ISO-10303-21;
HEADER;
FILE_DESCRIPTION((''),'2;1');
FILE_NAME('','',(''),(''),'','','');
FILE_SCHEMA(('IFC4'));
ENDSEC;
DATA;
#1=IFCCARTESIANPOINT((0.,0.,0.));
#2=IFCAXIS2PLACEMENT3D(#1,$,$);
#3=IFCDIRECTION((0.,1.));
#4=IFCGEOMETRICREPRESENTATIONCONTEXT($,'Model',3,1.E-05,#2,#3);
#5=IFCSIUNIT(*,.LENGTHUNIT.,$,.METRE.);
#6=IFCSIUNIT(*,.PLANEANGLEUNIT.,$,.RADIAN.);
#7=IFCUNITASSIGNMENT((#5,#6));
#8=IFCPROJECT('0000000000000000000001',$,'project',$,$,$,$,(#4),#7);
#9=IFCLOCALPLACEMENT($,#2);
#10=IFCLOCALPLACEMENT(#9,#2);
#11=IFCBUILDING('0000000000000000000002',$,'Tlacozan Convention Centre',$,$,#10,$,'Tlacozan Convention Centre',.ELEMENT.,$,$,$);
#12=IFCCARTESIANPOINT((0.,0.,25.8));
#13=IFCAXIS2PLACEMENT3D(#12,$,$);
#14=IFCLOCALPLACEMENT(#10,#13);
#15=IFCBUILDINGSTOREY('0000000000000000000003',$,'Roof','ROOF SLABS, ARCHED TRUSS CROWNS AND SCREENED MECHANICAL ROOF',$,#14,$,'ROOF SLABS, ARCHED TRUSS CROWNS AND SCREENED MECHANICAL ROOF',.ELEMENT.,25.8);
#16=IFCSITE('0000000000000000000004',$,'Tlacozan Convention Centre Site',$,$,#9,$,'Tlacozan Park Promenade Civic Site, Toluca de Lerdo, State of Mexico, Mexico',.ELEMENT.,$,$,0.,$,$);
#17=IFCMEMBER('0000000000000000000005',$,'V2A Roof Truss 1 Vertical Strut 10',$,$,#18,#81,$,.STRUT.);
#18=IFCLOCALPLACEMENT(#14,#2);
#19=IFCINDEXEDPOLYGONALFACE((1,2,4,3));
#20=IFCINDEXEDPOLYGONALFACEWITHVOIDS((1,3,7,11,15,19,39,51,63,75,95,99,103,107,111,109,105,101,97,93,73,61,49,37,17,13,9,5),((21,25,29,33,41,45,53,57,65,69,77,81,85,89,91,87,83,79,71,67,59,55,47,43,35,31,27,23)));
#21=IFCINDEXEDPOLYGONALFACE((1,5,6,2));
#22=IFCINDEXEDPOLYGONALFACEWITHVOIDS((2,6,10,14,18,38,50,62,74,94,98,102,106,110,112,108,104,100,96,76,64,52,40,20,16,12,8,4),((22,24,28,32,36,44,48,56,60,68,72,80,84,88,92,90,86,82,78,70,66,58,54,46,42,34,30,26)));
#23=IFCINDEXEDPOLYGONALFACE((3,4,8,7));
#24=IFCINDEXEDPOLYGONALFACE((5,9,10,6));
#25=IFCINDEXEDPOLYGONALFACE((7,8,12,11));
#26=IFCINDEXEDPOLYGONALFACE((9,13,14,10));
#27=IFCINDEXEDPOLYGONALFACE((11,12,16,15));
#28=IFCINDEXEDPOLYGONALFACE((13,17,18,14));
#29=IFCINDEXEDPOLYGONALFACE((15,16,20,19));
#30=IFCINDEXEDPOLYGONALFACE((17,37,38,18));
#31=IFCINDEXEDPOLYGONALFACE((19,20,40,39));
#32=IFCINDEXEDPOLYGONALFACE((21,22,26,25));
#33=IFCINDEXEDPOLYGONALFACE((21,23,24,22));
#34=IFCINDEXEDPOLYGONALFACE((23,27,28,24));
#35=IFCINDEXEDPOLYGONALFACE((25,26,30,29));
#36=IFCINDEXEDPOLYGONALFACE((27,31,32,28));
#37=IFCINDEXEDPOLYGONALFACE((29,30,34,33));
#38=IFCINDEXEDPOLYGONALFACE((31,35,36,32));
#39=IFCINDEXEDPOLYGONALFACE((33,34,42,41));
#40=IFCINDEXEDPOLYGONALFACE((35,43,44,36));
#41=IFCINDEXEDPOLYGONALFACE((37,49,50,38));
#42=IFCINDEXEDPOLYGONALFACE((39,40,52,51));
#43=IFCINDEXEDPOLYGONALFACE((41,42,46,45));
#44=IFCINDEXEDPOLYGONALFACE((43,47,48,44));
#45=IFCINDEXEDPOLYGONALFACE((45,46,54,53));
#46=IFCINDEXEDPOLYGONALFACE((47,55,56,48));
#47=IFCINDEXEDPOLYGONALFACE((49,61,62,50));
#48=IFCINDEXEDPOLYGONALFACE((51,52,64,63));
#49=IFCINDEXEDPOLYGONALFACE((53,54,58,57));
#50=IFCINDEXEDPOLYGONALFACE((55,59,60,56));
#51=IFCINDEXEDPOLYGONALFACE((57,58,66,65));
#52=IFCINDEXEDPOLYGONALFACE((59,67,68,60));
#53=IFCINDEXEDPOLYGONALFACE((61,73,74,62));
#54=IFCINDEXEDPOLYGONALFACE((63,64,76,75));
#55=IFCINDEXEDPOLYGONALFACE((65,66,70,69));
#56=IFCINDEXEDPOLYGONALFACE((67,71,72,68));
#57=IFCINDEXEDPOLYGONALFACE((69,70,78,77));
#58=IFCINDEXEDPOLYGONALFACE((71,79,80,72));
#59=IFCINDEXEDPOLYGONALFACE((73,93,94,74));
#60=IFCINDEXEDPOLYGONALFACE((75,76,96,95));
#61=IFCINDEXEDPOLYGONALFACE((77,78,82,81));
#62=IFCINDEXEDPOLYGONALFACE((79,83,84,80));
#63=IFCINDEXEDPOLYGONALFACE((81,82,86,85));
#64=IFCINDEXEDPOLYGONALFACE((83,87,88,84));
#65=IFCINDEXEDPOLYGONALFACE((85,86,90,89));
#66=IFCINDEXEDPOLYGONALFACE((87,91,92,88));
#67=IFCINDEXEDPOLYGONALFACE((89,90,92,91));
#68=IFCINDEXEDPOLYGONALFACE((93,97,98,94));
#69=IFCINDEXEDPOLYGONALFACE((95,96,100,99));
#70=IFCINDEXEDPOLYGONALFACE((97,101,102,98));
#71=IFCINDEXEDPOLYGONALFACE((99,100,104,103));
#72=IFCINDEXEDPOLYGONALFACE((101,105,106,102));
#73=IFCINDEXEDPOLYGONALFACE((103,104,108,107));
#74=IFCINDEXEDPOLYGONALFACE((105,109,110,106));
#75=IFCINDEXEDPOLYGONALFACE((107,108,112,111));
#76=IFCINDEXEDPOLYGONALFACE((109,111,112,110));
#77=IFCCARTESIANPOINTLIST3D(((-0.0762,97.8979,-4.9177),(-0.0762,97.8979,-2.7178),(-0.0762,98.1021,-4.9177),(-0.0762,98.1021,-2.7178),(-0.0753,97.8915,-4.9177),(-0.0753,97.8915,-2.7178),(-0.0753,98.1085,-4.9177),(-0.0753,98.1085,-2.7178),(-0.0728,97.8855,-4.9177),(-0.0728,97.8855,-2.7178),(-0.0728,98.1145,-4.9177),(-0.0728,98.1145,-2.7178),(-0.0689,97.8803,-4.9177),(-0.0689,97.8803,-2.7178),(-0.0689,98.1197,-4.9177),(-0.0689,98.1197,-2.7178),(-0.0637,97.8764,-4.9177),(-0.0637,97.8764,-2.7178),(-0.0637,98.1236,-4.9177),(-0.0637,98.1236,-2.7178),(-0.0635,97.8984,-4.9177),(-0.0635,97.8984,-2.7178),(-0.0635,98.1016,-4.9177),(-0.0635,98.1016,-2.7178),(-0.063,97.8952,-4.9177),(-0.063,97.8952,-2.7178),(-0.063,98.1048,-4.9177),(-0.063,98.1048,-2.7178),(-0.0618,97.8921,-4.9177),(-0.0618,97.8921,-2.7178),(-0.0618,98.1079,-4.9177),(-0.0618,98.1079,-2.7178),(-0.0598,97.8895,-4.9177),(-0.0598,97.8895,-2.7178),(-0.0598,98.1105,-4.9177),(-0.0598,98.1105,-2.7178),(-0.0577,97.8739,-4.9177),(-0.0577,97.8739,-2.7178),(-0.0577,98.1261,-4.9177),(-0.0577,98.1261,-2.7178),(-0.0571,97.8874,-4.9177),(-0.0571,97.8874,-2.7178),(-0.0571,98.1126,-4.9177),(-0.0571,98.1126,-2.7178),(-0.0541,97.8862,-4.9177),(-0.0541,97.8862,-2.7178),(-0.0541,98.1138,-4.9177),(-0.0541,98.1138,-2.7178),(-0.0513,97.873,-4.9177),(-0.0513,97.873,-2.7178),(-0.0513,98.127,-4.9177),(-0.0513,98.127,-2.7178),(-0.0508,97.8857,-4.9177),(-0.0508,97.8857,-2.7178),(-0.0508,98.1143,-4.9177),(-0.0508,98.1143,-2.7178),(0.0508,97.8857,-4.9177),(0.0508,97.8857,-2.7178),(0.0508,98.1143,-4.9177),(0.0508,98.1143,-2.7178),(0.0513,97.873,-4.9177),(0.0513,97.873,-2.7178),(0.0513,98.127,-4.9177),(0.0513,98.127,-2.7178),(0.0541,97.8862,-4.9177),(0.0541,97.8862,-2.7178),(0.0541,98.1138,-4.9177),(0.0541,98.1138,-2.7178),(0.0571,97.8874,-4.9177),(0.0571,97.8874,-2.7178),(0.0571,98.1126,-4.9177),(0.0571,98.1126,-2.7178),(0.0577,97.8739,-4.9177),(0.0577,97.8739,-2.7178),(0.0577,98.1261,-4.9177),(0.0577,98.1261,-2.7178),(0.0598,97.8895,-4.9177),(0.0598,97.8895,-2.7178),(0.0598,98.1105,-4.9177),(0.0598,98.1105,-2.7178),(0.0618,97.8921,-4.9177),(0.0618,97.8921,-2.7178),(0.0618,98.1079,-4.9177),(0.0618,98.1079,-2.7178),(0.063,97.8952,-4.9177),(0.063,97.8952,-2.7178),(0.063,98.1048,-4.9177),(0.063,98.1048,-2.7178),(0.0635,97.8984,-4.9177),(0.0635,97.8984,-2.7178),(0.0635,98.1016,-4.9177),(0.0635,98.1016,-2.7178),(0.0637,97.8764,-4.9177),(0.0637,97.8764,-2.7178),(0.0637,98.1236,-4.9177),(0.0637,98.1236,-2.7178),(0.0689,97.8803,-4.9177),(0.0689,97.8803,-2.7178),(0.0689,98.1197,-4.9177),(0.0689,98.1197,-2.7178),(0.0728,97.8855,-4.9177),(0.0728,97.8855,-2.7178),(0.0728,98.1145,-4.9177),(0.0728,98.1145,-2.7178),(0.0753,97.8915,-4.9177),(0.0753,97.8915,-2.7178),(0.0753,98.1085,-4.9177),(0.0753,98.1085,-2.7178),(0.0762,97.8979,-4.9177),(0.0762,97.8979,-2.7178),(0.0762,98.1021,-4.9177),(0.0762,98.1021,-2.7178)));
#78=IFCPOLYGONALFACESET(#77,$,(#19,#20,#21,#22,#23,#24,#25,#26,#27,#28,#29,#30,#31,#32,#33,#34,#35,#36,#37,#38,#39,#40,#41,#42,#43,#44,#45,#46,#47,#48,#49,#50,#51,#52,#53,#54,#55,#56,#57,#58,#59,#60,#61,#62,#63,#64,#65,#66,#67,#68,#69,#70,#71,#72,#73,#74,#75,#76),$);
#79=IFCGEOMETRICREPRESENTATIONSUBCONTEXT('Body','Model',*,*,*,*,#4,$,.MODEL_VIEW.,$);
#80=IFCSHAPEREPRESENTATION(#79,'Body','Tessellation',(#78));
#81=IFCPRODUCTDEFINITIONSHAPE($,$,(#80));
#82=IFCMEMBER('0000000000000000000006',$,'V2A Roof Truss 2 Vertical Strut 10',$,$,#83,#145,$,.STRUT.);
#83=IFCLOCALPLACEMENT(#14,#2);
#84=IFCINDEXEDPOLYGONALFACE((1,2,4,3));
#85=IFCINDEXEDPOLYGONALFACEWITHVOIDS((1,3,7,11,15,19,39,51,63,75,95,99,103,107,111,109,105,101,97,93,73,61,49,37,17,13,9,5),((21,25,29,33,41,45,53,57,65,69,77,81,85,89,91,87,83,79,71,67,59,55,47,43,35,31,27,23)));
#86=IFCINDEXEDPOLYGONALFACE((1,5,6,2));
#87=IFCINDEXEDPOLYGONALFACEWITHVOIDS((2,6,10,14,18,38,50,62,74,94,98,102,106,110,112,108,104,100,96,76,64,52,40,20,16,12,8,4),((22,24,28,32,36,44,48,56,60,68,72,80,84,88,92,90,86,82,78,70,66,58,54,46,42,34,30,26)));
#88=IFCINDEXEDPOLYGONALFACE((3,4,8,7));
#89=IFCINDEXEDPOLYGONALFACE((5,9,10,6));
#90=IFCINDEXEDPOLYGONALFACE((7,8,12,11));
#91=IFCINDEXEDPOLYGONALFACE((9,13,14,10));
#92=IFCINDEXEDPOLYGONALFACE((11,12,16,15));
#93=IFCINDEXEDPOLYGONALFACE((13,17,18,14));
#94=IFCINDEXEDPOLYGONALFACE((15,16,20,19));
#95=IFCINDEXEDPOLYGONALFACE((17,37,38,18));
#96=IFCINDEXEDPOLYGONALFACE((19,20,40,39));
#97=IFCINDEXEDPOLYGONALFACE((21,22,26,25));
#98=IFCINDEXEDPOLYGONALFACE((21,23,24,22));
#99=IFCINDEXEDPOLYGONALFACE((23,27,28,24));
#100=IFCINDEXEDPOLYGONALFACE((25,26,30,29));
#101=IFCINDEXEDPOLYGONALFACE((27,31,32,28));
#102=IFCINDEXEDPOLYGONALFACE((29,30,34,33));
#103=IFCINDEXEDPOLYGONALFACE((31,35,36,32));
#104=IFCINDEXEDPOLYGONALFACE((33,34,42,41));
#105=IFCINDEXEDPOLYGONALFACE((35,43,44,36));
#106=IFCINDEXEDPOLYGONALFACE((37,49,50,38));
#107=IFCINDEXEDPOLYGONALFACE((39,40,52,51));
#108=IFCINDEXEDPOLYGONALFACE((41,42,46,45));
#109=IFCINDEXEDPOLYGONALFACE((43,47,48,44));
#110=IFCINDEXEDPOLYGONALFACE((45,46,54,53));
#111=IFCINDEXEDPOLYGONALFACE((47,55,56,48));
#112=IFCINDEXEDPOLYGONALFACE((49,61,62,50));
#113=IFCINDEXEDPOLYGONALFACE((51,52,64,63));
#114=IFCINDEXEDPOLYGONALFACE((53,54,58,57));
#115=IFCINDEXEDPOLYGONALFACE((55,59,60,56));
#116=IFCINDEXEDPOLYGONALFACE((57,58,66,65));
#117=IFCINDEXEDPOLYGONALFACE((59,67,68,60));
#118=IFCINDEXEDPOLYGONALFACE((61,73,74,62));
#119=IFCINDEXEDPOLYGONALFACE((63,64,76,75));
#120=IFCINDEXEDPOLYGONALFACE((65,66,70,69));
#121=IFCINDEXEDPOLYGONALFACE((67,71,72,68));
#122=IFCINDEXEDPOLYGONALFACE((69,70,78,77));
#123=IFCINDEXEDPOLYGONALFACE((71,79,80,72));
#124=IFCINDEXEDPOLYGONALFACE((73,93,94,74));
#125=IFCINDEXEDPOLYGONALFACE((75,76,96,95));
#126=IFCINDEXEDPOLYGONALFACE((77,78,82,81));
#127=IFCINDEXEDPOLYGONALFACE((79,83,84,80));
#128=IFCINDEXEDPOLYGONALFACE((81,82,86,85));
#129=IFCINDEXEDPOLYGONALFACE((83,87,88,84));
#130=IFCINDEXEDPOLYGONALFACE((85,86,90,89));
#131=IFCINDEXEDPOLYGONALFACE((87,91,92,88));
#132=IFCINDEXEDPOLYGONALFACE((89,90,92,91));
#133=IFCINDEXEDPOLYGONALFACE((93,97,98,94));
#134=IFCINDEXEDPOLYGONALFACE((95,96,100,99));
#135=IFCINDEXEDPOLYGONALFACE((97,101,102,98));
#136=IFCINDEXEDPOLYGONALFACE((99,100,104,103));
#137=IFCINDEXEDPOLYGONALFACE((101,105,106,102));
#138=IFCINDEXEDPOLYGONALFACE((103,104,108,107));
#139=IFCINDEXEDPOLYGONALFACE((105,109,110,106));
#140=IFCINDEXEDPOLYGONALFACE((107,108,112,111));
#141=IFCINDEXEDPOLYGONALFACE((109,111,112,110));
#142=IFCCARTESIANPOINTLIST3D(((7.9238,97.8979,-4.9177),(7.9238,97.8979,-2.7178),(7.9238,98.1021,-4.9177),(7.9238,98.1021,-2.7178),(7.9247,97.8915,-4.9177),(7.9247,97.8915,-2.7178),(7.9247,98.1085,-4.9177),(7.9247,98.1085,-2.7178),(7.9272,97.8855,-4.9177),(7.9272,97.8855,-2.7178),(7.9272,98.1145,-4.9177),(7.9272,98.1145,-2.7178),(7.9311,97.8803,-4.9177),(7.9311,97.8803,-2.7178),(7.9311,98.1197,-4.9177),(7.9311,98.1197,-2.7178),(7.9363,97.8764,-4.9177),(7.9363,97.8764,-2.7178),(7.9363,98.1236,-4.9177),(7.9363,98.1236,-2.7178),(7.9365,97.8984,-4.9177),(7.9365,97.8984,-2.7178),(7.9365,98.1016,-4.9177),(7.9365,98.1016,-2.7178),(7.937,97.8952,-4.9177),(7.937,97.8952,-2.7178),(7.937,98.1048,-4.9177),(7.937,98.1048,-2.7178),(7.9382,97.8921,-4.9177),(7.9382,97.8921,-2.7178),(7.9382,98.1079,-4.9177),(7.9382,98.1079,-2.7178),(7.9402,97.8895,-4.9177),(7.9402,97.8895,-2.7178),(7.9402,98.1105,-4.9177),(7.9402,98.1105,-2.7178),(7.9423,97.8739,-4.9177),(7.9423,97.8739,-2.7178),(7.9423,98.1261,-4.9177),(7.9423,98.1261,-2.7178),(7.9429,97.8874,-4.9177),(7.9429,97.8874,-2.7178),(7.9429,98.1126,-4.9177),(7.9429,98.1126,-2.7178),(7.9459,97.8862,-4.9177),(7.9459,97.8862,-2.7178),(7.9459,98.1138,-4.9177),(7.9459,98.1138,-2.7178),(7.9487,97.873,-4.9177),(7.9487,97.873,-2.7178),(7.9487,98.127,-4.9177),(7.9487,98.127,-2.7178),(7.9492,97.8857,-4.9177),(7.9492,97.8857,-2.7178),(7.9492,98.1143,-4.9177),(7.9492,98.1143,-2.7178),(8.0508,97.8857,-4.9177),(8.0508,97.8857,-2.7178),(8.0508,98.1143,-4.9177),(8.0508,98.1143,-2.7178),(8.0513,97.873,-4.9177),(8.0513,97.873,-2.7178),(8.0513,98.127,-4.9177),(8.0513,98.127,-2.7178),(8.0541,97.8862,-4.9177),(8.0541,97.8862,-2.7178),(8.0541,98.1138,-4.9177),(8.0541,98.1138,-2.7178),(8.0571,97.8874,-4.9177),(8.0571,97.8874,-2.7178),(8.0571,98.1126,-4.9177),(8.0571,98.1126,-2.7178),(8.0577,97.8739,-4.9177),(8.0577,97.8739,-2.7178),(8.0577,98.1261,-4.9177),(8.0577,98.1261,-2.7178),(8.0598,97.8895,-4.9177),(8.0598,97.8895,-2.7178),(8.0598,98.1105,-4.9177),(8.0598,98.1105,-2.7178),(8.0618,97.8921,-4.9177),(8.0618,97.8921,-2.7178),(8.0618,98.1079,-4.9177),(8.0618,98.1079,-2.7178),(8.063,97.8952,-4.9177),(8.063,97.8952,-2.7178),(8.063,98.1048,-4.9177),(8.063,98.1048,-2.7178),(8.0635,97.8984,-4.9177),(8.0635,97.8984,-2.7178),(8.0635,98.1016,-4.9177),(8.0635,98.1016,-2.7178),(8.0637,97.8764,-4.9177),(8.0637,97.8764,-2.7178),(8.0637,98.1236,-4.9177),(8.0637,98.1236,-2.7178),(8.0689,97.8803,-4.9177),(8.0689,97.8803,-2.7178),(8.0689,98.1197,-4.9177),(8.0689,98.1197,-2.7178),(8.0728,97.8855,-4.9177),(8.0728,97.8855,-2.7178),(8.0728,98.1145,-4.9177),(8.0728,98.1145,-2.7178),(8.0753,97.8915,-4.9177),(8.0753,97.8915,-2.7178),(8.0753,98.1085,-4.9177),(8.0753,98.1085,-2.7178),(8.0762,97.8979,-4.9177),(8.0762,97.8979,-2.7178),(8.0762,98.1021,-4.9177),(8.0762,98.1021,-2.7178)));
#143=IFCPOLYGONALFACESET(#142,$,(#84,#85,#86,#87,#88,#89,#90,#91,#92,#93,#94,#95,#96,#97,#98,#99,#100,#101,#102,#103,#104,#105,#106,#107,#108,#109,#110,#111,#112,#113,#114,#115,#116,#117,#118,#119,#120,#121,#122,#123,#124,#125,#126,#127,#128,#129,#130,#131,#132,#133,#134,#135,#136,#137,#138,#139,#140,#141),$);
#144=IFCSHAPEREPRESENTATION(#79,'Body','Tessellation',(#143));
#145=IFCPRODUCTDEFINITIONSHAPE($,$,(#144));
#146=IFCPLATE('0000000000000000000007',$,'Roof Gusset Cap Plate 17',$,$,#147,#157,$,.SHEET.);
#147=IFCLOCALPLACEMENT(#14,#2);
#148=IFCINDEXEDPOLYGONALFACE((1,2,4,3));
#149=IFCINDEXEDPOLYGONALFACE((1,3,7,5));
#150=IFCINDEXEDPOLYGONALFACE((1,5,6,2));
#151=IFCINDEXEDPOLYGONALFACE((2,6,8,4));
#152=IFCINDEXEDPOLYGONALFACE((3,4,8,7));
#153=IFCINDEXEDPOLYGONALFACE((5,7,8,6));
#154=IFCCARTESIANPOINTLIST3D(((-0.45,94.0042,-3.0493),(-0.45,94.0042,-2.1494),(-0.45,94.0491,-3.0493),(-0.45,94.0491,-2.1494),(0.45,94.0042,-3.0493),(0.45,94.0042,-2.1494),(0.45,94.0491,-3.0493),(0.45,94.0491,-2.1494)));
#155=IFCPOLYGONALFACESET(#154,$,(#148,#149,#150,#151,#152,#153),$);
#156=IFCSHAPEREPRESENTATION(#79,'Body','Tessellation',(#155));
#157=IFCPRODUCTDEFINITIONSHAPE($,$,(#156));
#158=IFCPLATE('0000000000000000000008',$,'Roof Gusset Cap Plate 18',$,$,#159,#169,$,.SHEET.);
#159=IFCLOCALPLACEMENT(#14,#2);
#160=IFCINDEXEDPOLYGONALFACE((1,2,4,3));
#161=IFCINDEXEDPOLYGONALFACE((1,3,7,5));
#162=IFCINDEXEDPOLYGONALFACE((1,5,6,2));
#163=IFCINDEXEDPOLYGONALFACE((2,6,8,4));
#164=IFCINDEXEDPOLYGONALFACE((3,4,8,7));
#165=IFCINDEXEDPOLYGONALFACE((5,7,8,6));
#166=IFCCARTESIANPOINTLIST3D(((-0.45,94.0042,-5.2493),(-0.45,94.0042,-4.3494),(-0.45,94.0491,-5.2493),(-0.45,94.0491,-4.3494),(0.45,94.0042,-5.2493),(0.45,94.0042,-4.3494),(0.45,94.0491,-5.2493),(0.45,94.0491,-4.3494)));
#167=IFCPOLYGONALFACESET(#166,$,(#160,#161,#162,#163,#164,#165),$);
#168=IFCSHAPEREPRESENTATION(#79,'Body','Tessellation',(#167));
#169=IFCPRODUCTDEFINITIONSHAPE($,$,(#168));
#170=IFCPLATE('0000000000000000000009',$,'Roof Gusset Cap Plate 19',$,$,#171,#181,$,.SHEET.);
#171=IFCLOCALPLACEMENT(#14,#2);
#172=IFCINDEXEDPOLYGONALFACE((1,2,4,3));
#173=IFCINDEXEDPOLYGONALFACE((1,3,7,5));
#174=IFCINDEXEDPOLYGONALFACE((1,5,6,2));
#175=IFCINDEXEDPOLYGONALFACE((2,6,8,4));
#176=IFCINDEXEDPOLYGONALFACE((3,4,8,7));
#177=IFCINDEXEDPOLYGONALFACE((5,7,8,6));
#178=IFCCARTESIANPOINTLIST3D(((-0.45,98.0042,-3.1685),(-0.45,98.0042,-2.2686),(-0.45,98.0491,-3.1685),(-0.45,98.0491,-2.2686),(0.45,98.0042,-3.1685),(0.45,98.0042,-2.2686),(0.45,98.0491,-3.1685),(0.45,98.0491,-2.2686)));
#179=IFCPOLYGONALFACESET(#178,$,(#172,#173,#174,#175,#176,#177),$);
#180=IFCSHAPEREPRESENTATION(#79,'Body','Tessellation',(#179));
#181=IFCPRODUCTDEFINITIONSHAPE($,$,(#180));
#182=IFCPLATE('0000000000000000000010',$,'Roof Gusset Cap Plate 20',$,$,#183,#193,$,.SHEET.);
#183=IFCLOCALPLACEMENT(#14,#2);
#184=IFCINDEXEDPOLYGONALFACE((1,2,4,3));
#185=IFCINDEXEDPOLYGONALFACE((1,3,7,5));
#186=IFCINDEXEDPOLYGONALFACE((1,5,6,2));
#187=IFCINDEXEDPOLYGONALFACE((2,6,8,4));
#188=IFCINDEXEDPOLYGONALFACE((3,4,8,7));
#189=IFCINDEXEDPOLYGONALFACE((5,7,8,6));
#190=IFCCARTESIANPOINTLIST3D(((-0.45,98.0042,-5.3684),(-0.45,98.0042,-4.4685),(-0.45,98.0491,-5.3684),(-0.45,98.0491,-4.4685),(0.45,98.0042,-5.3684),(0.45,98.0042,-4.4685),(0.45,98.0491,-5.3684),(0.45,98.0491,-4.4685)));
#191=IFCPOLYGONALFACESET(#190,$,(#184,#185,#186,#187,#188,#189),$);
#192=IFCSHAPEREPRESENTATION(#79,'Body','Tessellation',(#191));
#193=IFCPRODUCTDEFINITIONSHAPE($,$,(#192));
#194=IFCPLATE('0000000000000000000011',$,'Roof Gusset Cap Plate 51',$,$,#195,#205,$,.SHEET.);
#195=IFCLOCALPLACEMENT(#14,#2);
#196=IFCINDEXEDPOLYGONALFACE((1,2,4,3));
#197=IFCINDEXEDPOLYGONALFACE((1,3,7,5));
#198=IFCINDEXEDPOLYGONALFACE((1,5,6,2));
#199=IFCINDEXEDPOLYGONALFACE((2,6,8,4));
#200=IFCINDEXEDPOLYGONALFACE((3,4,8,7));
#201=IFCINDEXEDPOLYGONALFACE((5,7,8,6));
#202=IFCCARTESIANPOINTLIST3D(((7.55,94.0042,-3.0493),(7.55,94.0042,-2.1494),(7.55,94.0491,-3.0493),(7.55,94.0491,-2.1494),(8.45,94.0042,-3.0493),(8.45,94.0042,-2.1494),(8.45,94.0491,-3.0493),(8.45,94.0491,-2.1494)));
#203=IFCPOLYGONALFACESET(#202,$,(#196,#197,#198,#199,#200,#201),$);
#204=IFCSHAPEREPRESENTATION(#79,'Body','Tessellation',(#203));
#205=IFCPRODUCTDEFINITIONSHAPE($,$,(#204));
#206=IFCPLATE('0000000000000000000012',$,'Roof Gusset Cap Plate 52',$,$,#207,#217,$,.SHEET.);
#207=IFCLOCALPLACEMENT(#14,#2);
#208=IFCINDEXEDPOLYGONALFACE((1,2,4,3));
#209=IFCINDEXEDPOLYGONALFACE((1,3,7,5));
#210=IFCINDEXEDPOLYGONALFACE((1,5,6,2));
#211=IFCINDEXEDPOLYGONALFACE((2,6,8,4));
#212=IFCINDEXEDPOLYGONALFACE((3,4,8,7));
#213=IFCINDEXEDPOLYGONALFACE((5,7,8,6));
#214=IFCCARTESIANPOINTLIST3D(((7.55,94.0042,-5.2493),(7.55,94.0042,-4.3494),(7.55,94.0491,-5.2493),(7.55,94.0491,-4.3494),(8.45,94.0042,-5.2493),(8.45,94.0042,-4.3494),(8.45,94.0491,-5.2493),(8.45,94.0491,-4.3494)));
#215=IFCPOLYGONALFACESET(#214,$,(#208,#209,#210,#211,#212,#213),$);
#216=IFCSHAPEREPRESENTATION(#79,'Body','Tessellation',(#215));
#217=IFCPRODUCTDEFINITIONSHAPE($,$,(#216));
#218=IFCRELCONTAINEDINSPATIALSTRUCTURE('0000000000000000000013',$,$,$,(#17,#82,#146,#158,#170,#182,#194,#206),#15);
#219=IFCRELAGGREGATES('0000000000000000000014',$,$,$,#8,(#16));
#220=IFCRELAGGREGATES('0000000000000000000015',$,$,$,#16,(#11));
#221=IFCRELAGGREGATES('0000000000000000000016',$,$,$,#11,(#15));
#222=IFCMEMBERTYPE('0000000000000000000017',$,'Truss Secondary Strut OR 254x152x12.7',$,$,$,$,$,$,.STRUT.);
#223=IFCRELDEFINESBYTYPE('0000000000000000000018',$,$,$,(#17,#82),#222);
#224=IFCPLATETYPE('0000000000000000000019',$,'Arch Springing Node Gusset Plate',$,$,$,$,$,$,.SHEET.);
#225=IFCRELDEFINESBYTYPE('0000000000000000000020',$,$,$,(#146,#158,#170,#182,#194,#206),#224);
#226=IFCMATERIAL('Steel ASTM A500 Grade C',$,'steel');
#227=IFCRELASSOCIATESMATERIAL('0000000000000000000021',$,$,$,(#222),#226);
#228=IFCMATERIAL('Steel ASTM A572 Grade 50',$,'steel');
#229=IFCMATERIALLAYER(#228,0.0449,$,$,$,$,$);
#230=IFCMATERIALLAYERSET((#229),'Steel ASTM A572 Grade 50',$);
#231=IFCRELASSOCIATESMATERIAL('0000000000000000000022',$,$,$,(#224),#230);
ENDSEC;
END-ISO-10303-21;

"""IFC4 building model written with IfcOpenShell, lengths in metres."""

from ifc_helpers import new_model, si_unit, direction, frame, origin, origin_2d, place, context, subcontext, project, spatial, rectangle, hollow_rectangle, extrude, material, layer, layer_set, material_profile, profile_set, type_object, element, save


model = new_model("IFC4")

# Units and contexts
model_context = context("Model", 3, precision=1e-05, world=origin(), true_north=direction((0.0, 1.0)))
body_context = subcontext(model_context, "Body", "Model", "MODEL_VIEW")
ifc_project = project(units=[si_unit("LENGTHUNIT", "METRE"), si_unit("PLANEANGLEUNIT", "RADIAN")], contexts=[model_context])

# Site, building, storey
site_placement = place(None, origin())
site = spatial("IfcSite", under=ifc_project, at=site_placement, Name="Tlacozan Convention Centre Site", LongName="Tlacozan Park Promenade Civic Site, Toluca de Lerdo, State of Mexico, Mexico", CompositionType="ELEMENT", RefElevation=0.0)
building_placement = place(site_placement, origin())
building = spatial("IfcBuilding", under=site, at=building_placement, Name="Tlacozan Convention Centre", LongName="Tlacozan Convention Centre", CompositionType="ELEMENT")
storey_placement = place(building_placement, frame((0.0, 0.0, 25.8)))
storey = spatial("IfcBuildingStorey", under=building, at=storey_placement, Name="Roof", Description="ROOF SLABS, ARCHED TRUSS CROWNS AND SCREENED MECHANICAL ROOF", LongName="ROOF SLABS, ARCHED TRUSS CROWNS AND SCREENED MECHANICAL ROOF", CompositionType="ELEMENT", Elevation=25.8)

# Members
ifc_material_1 = material(Name="Steel ASTM A500 Grade C", Category="steel")
ifc_material_profile_1 = material_profile(ifc_material_1, hollow_rectangle(XDim=0.1523, YDim=0.2539, WallThickness=0.0127, InnerFilletRadius=0.0127, OuterFilletRadius=0.0249, at=origin_2d()), Name="OR 254x152x12.7")
ifc_profile_set_1 = profile_set([ifc_material_profile_1], Name="Steel ASTM A500 Grade C")
member_type_1 = type_object("IfcMemberType", Name="Truss Secondary Strut OR 254x152x12.7", PredefinedType="STRUT", material=ifc_profile_set_1)
for number, where, z_axis, x_axis, name in (
    (1, (0.0, 98.0, -4.9177), (0.0, 0.0, 1.0), (1.0, 0.0, 0.0), "V2A Roof Truss 1 Vertical Strut 10"),
    (2, (8.0, 98.0, -4.9177), (0.0, 0.0, 1.0), (1.0, 0.0, 0.0), "V2A Roof Truss 2 Vertical Strut 10"),
):
    element("IfcMember", number, at=place(storey_placement, frame(where, z_axis=z_axis, x_axis=x_axis)), inside=storey, type_object=member_type_1, Name=name, PredefinedType="STRUT", context=body_context, shape_type="SweptSolid", body=[
        extrude(hollow_rectangle(XDim=0.1523, YDim=0.2539, WallThickness=0.0127, InnerFilletRadius=0.0127, OuterFilletRadius=0.0249, at=origin_2d()), origin(), (0.0, 0.0, 1.0), 2.2),
    ])

# Plates
ifc_material_2 = material(Name="Steel ASTM A572 Grade 50", Category="steel")
ifc_layer_1 = layer(ifc_material_2, 0.0449)
ifc_layer_set_1 = layer_set([ifc_layer_1], Name="Steel ASTM A572 Grade 50")
plate_type = type_object("IfcPlateType", Name="Arch Springing Node Gusset Plate", PredefinedType="SHEET", material=ifc_layer_set_1)
for number, where, z_axis, x_axis, name in (
    (3, (0.0, 94.0266, -3.0493), (0.0, 0.0, 1.0), (0.0, 1.0, 0.0), "Roof Gusset Cap Plate 17"),
    (4, (0.0, 94.0266, -5.2493), (0.0, 0.0, 1.0), (0.0, 1.0, 0.0), "Roof Gusset Cap Plate 18"),
    (5, (0.0, 98.0266, -3.1685), (0.0, 0.0, 1.0), (0.0, 1.0, 0.0), "Roof Gusset Cap Plate 19"),
    (6, (0.0, 98.0266, -5.3684), (0.0, 0.0, 1.0), (0.0, 1.0, 0.0), "Roof Gusset Cap Plate 20"),
    (7, (8.0, 94.0266, -3.0493), (0.0, 0.0, 1.0), (0.0, 1.0, 0.0), "Roof Gusset Cap Plate 51"),
    (8, (8.0, 94.0266, -5.2493), (0.0, 0.0, 1.0), (0.0, 1.0, 0.0), "Roof Gusset Cap Plate 52"),
):
    element("IfcPlate", number, at=place(storey_placement, frame(where, z_axis=z_axis, x_axis=x_axis)), inside=storey, type_object=plate_type, Name=name, PredefinedType="SHEET", context=body_context, shape_type="SweptSolid", body=[
        extrude(rectangle(XDim=0.0449, YDim=0.8999, at=origin_2d()), origin(), (0.0, 0.0, 1.0), 0.8999),
    ])

save(model, "model.ifc")
